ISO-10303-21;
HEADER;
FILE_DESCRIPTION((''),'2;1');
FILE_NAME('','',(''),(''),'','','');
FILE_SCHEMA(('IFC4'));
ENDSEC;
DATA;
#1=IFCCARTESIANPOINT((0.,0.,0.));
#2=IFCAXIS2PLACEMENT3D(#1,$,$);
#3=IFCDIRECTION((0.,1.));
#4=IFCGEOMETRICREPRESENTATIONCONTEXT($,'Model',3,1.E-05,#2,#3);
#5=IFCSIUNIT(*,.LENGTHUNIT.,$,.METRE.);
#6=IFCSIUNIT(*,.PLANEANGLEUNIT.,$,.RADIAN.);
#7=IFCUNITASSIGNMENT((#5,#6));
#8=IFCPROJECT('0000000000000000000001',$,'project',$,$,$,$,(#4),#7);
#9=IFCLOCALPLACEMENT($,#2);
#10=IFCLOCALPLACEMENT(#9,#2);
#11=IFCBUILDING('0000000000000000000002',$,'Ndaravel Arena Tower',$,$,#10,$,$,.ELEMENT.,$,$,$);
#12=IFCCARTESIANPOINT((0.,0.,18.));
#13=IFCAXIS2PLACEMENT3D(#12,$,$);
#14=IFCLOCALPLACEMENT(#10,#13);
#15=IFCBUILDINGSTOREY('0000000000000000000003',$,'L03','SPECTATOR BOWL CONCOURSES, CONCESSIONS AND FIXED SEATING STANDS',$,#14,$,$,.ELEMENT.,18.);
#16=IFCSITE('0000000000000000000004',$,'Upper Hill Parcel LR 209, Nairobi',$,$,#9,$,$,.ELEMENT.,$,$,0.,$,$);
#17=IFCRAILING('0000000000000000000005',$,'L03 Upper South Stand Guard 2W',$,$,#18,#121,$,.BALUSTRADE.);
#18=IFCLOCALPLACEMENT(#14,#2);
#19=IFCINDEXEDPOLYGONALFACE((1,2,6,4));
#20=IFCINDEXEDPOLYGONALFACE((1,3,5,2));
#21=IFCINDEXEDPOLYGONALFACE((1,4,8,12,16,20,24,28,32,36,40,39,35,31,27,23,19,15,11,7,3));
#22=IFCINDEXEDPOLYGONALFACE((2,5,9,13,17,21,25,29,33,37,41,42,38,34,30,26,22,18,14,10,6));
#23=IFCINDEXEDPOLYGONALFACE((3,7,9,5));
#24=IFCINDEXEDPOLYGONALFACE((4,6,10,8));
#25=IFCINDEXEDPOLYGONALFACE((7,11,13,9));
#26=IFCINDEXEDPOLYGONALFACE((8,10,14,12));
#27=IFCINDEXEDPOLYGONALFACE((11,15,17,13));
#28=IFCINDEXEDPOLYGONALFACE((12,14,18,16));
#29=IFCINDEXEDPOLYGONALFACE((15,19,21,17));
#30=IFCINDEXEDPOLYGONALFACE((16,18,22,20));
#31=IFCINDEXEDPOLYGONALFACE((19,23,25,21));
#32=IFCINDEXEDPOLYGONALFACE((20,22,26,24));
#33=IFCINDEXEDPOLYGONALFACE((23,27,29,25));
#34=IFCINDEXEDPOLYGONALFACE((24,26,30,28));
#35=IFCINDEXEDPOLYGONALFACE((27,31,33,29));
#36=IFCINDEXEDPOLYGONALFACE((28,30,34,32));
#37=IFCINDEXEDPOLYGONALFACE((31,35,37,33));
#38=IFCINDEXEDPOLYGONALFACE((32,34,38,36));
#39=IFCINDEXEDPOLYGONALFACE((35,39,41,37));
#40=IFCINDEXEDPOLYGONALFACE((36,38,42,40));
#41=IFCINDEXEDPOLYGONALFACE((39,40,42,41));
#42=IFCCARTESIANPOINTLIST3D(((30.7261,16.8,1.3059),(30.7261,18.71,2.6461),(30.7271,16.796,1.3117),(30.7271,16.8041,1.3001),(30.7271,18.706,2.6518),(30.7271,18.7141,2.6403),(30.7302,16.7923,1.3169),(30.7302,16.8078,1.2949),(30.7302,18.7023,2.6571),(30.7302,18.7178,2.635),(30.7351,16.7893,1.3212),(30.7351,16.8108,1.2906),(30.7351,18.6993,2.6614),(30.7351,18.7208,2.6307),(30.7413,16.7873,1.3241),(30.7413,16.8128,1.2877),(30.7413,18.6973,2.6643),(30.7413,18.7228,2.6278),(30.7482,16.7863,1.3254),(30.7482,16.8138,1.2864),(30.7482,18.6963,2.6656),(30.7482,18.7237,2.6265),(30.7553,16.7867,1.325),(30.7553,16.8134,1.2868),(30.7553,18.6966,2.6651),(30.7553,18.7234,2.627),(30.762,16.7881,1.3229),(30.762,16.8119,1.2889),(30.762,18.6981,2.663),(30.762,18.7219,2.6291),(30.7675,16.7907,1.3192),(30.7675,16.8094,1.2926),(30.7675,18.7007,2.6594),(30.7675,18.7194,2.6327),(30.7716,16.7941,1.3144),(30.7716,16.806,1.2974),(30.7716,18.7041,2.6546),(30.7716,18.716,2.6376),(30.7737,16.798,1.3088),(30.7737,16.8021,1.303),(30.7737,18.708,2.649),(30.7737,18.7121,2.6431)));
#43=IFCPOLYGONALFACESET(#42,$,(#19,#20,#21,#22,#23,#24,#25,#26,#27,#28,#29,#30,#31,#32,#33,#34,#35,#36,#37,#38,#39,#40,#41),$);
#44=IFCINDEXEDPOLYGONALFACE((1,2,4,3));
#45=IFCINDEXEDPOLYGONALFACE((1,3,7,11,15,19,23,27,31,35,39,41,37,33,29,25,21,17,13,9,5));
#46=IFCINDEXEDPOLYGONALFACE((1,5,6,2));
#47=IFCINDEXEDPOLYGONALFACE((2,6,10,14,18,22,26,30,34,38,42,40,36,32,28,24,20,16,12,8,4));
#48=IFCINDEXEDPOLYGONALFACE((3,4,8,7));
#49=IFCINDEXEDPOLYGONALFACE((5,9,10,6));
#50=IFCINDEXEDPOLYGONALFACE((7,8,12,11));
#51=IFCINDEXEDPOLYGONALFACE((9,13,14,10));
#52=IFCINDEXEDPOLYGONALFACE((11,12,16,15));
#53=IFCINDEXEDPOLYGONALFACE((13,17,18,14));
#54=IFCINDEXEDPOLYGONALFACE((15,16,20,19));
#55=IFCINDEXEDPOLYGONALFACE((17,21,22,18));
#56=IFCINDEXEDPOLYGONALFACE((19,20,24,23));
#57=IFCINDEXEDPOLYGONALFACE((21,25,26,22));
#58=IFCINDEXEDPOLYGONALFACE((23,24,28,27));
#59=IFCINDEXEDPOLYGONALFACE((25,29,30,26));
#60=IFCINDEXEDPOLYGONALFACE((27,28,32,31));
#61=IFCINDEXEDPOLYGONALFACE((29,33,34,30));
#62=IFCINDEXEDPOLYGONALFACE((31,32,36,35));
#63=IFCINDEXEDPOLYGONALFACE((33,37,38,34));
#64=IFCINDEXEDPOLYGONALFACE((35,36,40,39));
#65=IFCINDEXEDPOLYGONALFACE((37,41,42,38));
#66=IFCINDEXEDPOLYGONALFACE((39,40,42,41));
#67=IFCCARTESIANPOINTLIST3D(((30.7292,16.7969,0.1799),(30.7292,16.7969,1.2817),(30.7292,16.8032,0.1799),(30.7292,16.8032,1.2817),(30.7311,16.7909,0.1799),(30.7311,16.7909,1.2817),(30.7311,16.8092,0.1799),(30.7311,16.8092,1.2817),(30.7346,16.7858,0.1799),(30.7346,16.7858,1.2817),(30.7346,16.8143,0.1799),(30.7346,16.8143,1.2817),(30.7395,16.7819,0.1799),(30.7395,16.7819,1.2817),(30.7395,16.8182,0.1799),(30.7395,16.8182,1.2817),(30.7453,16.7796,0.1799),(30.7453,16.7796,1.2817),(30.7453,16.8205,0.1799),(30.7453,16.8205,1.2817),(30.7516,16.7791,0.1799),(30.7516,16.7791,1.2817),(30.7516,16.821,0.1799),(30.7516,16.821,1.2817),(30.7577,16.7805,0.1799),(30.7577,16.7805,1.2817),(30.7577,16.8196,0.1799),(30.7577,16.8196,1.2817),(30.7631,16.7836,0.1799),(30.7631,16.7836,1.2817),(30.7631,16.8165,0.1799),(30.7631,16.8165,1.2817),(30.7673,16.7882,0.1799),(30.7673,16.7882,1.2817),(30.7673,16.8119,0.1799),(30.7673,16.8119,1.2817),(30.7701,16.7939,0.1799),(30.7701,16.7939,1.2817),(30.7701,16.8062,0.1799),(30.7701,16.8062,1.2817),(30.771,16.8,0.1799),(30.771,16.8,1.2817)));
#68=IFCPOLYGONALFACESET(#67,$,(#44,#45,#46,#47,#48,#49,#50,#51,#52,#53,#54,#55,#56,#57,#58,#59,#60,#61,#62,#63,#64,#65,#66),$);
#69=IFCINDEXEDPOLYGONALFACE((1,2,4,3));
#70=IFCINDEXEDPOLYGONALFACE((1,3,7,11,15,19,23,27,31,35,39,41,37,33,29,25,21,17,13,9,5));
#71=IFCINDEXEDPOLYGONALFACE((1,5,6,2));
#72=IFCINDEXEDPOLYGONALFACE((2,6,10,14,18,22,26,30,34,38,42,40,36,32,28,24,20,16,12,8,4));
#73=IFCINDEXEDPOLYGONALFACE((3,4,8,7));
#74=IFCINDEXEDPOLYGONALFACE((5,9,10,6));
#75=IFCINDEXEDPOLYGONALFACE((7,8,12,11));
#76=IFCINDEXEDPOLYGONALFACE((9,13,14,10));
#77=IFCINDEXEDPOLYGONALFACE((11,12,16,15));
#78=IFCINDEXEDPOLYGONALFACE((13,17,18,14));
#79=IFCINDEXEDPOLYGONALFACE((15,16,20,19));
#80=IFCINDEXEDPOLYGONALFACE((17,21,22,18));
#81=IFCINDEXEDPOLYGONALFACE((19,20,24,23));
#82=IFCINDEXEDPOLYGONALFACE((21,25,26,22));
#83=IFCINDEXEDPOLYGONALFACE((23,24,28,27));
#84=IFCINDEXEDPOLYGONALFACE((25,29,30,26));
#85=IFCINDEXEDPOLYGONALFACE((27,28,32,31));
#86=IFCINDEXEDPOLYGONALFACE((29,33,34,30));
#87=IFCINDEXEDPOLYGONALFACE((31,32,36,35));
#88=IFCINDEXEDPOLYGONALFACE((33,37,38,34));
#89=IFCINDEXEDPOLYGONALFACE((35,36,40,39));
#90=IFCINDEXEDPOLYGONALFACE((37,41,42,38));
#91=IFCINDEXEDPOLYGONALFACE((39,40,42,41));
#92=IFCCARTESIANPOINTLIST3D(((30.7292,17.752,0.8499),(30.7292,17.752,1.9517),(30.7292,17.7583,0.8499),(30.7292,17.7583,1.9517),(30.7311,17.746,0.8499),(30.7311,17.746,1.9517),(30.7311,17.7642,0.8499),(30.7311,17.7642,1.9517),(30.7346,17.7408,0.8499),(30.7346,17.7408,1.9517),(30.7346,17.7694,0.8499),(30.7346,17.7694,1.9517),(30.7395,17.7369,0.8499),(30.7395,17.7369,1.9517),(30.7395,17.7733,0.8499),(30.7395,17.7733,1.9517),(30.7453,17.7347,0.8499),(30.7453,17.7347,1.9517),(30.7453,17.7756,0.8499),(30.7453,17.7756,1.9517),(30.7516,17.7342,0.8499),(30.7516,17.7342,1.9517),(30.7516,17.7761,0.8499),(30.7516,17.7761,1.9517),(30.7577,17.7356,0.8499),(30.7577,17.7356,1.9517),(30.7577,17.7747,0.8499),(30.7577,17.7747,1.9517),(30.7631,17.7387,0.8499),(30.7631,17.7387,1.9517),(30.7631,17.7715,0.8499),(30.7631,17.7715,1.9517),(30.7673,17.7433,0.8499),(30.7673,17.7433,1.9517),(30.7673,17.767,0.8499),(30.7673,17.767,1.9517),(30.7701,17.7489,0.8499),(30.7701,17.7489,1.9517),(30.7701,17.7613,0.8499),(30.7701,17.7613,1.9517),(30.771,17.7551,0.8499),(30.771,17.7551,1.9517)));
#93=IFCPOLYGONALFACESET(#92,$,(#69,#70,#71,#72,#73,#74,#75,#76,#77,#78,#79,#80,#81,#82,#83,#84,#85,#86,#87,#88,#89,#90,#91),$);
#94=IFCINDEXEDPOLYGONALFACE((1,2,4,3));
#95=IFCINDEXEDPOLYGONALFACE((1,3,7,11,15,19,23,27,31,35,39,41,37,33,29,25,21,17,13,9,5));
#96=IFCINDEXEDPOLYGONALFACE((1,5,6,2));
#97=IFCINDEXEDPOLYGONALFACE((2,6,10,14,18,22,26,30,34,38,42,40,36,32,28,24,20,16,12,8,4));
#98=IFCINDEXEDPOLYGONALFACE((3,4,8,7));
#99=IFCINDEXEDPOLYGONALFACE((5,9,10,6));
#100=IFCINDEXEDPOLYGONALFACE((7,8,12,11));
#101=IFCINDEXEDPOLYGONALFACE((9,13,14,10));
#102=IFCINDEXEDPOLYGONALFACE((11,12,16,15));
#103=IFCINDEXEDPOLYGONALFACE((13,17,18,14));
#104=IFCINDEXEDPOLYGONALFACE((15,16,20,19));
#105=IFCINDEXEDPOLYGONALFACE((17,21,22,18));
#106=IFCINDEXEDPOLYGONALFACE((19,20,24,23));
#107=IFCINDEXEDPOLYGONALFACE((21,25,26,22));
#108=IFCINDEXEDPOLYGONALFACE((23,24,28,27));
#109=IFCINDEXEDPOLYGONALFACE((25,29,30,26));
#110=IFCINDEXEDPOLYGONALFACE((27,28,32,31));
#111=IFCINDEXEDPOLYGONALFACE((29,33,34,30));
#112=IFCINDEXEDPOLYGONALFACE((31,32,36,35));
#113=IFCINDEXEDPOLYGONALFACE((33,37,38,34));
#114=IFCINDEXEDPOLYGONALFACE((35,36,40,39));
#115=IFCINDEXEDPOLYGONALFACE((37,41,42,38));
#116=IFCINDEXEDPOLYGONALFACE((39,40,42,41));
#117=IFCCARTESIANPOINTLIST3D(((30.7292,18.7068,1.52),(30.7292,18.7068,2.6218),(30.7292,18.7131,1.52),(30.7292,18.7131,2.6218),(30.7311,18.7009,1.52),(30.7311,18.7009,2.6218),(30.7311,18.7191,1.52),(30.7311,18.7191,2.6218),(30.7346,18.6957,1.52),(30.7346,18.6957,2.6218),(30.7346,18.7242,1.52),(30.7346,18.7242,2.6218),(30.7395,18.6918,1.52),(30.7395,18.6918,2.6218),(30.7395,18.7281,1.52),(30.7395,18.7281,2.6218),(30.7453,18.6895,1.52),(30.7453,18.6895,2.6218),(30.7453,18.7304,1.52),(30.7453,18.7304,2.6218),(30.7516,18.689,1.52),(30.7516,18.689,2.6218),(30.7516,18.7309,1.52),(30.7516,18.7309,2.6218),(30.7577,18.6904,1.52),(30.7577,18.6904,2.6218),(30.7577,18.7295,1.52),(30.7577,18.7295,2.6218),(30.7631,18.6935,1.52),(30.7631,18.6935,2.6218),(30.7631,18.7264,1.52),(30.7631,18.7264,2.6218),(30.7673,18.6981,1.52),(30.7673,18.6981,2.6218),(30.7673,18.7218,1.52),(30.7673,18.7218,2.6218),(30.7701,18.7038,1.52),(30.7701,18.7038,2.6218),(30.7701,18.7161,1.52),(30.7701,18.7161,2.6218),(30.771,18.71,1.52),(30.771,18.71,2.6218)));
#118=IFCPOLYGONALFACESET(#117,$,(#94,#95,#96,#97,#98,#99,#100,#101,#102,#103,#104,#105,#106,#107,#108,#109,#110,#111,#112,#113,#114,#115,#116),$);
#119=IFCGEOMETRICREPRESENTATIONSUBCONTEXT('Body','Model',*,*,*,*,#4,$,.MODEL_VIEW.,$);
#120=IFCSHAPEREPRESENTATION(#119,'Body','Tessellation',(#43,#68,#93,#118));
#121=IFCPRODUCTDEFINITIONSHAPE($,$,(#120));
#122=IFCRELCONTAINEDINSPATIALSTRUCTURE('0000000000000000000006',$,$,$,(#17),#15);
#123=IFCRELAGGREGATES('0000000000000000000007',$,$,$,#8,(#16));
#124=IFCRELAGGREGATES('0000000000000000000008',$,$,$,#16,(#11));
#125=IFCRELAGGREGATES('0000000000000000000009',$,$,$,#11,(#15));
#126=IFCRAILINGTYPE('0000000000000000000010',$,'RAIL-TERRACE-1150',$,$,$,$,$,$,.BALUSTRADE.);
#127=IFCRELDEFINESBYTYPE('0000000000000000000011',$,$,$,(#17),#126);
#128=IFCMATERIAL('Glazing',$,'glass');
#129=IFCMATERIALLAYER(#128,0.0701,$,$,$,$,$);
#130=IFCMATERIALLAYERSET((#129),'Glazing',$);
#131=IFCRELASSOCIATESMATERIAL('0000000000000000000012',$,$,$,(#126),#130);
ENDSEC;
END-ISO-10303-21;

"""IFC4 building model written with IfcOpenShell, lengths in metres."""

from ifc_helpers import new_model, si_unit, direction, frame, origin, origin_2d, place, context, subcontext, project, spatial, circle, extrude, material, layer, layer_set, type_object, element, save


model = new_model("IFC4")

# Units and contexts
model_context = context("Model", 3, precision=1e-05, world=origin(), true_north=direction((0.0, 1.0)))
body_context = subcontext(model_context, "Body", "Model", "MODEL_VIEW")
ifc_project = project(units=[si_unit("LENGTHUNIT", "METRE"), si_unit("PLANEANGLEUNIT", "RADIAN")], contexts=[model_context])

# Site, building, storey
site_placement = place(None, origin())
site = spatial("IfcSite", under=ifc_project, at=site_placement, Name="Upper Hill Parcel LR 209, Nairobi", CompositionType="ELEMENT", RefElevation=0.0)
building_placement = place(site_placement, origin())
building = spatial("IfcBuilding", under=site, at=building_placement, Name="Ndaravel Arena Tower", CompositionType="ELEMENT")
storey_placement = place(building_placement, frame((0.0, 0.0, 18.0)))
storey = spatial("IfcBuildingStorey", under=building, at=storey_placement, Name="L03", Description="SPECTATOR BOWL CONCOURSES, CONCESSIONS AND FIXED SEATING STANDS", CompositionType="ELEMENT", Elevation=18.0)

# Railing
ifc_material_1 = material(Name="Glazing", Category="glass")
ifc_layer_1 = layer(ifc_material_1, 0.0701)
ifc_layer_set_1 = layer_set([ifc_layer_1], Name="Glazing")
railing_type = type_object("IfcRailingType", Name="RAIL-TERRACE-1150", PredefinedType="BALUSTRADE", material=ifc_layer_set_1)
railing_1_placement = place(storey_placement, frame((30.75, 16.8, 0.1799)))
element("IfcRailing", 1, at=railing_1_placement, inside=storey, type_object=railing_type, Name="L03 Upper South Stand Guard 2W", PredefinedType="BALUSTRADE", context=body_context, shape_type="SweptSolid", body=[
    extrude(circle(Radius=0.0239, at=origin_2d()), frame((0.0, 0.0, 1.126), z_axis=(0.0, 0.818597, 0.574368), x_axis=(-1.0, 0.0, 0.0)), (0.0, 0.0, 1.0), 2.3333),
    extrude(circle(Radius=0.021, at=origin_2d()), origin(), (0.0, 0.0, 1.0), 1.1018),
    extrude(circle(Radius=0.021, at=origin_2d()), frame((0.0, 0.9551, 0.6699)), (0.0, 0.0, 1.0), 1.1018),
    extrude(circle(Radius=0.021, at=origin_2d()), frame((0.0, 1.9099, 1.3401)), (0.0, 0.0, 1.0), 1.1018),
])

save(model, "model.ifc")
